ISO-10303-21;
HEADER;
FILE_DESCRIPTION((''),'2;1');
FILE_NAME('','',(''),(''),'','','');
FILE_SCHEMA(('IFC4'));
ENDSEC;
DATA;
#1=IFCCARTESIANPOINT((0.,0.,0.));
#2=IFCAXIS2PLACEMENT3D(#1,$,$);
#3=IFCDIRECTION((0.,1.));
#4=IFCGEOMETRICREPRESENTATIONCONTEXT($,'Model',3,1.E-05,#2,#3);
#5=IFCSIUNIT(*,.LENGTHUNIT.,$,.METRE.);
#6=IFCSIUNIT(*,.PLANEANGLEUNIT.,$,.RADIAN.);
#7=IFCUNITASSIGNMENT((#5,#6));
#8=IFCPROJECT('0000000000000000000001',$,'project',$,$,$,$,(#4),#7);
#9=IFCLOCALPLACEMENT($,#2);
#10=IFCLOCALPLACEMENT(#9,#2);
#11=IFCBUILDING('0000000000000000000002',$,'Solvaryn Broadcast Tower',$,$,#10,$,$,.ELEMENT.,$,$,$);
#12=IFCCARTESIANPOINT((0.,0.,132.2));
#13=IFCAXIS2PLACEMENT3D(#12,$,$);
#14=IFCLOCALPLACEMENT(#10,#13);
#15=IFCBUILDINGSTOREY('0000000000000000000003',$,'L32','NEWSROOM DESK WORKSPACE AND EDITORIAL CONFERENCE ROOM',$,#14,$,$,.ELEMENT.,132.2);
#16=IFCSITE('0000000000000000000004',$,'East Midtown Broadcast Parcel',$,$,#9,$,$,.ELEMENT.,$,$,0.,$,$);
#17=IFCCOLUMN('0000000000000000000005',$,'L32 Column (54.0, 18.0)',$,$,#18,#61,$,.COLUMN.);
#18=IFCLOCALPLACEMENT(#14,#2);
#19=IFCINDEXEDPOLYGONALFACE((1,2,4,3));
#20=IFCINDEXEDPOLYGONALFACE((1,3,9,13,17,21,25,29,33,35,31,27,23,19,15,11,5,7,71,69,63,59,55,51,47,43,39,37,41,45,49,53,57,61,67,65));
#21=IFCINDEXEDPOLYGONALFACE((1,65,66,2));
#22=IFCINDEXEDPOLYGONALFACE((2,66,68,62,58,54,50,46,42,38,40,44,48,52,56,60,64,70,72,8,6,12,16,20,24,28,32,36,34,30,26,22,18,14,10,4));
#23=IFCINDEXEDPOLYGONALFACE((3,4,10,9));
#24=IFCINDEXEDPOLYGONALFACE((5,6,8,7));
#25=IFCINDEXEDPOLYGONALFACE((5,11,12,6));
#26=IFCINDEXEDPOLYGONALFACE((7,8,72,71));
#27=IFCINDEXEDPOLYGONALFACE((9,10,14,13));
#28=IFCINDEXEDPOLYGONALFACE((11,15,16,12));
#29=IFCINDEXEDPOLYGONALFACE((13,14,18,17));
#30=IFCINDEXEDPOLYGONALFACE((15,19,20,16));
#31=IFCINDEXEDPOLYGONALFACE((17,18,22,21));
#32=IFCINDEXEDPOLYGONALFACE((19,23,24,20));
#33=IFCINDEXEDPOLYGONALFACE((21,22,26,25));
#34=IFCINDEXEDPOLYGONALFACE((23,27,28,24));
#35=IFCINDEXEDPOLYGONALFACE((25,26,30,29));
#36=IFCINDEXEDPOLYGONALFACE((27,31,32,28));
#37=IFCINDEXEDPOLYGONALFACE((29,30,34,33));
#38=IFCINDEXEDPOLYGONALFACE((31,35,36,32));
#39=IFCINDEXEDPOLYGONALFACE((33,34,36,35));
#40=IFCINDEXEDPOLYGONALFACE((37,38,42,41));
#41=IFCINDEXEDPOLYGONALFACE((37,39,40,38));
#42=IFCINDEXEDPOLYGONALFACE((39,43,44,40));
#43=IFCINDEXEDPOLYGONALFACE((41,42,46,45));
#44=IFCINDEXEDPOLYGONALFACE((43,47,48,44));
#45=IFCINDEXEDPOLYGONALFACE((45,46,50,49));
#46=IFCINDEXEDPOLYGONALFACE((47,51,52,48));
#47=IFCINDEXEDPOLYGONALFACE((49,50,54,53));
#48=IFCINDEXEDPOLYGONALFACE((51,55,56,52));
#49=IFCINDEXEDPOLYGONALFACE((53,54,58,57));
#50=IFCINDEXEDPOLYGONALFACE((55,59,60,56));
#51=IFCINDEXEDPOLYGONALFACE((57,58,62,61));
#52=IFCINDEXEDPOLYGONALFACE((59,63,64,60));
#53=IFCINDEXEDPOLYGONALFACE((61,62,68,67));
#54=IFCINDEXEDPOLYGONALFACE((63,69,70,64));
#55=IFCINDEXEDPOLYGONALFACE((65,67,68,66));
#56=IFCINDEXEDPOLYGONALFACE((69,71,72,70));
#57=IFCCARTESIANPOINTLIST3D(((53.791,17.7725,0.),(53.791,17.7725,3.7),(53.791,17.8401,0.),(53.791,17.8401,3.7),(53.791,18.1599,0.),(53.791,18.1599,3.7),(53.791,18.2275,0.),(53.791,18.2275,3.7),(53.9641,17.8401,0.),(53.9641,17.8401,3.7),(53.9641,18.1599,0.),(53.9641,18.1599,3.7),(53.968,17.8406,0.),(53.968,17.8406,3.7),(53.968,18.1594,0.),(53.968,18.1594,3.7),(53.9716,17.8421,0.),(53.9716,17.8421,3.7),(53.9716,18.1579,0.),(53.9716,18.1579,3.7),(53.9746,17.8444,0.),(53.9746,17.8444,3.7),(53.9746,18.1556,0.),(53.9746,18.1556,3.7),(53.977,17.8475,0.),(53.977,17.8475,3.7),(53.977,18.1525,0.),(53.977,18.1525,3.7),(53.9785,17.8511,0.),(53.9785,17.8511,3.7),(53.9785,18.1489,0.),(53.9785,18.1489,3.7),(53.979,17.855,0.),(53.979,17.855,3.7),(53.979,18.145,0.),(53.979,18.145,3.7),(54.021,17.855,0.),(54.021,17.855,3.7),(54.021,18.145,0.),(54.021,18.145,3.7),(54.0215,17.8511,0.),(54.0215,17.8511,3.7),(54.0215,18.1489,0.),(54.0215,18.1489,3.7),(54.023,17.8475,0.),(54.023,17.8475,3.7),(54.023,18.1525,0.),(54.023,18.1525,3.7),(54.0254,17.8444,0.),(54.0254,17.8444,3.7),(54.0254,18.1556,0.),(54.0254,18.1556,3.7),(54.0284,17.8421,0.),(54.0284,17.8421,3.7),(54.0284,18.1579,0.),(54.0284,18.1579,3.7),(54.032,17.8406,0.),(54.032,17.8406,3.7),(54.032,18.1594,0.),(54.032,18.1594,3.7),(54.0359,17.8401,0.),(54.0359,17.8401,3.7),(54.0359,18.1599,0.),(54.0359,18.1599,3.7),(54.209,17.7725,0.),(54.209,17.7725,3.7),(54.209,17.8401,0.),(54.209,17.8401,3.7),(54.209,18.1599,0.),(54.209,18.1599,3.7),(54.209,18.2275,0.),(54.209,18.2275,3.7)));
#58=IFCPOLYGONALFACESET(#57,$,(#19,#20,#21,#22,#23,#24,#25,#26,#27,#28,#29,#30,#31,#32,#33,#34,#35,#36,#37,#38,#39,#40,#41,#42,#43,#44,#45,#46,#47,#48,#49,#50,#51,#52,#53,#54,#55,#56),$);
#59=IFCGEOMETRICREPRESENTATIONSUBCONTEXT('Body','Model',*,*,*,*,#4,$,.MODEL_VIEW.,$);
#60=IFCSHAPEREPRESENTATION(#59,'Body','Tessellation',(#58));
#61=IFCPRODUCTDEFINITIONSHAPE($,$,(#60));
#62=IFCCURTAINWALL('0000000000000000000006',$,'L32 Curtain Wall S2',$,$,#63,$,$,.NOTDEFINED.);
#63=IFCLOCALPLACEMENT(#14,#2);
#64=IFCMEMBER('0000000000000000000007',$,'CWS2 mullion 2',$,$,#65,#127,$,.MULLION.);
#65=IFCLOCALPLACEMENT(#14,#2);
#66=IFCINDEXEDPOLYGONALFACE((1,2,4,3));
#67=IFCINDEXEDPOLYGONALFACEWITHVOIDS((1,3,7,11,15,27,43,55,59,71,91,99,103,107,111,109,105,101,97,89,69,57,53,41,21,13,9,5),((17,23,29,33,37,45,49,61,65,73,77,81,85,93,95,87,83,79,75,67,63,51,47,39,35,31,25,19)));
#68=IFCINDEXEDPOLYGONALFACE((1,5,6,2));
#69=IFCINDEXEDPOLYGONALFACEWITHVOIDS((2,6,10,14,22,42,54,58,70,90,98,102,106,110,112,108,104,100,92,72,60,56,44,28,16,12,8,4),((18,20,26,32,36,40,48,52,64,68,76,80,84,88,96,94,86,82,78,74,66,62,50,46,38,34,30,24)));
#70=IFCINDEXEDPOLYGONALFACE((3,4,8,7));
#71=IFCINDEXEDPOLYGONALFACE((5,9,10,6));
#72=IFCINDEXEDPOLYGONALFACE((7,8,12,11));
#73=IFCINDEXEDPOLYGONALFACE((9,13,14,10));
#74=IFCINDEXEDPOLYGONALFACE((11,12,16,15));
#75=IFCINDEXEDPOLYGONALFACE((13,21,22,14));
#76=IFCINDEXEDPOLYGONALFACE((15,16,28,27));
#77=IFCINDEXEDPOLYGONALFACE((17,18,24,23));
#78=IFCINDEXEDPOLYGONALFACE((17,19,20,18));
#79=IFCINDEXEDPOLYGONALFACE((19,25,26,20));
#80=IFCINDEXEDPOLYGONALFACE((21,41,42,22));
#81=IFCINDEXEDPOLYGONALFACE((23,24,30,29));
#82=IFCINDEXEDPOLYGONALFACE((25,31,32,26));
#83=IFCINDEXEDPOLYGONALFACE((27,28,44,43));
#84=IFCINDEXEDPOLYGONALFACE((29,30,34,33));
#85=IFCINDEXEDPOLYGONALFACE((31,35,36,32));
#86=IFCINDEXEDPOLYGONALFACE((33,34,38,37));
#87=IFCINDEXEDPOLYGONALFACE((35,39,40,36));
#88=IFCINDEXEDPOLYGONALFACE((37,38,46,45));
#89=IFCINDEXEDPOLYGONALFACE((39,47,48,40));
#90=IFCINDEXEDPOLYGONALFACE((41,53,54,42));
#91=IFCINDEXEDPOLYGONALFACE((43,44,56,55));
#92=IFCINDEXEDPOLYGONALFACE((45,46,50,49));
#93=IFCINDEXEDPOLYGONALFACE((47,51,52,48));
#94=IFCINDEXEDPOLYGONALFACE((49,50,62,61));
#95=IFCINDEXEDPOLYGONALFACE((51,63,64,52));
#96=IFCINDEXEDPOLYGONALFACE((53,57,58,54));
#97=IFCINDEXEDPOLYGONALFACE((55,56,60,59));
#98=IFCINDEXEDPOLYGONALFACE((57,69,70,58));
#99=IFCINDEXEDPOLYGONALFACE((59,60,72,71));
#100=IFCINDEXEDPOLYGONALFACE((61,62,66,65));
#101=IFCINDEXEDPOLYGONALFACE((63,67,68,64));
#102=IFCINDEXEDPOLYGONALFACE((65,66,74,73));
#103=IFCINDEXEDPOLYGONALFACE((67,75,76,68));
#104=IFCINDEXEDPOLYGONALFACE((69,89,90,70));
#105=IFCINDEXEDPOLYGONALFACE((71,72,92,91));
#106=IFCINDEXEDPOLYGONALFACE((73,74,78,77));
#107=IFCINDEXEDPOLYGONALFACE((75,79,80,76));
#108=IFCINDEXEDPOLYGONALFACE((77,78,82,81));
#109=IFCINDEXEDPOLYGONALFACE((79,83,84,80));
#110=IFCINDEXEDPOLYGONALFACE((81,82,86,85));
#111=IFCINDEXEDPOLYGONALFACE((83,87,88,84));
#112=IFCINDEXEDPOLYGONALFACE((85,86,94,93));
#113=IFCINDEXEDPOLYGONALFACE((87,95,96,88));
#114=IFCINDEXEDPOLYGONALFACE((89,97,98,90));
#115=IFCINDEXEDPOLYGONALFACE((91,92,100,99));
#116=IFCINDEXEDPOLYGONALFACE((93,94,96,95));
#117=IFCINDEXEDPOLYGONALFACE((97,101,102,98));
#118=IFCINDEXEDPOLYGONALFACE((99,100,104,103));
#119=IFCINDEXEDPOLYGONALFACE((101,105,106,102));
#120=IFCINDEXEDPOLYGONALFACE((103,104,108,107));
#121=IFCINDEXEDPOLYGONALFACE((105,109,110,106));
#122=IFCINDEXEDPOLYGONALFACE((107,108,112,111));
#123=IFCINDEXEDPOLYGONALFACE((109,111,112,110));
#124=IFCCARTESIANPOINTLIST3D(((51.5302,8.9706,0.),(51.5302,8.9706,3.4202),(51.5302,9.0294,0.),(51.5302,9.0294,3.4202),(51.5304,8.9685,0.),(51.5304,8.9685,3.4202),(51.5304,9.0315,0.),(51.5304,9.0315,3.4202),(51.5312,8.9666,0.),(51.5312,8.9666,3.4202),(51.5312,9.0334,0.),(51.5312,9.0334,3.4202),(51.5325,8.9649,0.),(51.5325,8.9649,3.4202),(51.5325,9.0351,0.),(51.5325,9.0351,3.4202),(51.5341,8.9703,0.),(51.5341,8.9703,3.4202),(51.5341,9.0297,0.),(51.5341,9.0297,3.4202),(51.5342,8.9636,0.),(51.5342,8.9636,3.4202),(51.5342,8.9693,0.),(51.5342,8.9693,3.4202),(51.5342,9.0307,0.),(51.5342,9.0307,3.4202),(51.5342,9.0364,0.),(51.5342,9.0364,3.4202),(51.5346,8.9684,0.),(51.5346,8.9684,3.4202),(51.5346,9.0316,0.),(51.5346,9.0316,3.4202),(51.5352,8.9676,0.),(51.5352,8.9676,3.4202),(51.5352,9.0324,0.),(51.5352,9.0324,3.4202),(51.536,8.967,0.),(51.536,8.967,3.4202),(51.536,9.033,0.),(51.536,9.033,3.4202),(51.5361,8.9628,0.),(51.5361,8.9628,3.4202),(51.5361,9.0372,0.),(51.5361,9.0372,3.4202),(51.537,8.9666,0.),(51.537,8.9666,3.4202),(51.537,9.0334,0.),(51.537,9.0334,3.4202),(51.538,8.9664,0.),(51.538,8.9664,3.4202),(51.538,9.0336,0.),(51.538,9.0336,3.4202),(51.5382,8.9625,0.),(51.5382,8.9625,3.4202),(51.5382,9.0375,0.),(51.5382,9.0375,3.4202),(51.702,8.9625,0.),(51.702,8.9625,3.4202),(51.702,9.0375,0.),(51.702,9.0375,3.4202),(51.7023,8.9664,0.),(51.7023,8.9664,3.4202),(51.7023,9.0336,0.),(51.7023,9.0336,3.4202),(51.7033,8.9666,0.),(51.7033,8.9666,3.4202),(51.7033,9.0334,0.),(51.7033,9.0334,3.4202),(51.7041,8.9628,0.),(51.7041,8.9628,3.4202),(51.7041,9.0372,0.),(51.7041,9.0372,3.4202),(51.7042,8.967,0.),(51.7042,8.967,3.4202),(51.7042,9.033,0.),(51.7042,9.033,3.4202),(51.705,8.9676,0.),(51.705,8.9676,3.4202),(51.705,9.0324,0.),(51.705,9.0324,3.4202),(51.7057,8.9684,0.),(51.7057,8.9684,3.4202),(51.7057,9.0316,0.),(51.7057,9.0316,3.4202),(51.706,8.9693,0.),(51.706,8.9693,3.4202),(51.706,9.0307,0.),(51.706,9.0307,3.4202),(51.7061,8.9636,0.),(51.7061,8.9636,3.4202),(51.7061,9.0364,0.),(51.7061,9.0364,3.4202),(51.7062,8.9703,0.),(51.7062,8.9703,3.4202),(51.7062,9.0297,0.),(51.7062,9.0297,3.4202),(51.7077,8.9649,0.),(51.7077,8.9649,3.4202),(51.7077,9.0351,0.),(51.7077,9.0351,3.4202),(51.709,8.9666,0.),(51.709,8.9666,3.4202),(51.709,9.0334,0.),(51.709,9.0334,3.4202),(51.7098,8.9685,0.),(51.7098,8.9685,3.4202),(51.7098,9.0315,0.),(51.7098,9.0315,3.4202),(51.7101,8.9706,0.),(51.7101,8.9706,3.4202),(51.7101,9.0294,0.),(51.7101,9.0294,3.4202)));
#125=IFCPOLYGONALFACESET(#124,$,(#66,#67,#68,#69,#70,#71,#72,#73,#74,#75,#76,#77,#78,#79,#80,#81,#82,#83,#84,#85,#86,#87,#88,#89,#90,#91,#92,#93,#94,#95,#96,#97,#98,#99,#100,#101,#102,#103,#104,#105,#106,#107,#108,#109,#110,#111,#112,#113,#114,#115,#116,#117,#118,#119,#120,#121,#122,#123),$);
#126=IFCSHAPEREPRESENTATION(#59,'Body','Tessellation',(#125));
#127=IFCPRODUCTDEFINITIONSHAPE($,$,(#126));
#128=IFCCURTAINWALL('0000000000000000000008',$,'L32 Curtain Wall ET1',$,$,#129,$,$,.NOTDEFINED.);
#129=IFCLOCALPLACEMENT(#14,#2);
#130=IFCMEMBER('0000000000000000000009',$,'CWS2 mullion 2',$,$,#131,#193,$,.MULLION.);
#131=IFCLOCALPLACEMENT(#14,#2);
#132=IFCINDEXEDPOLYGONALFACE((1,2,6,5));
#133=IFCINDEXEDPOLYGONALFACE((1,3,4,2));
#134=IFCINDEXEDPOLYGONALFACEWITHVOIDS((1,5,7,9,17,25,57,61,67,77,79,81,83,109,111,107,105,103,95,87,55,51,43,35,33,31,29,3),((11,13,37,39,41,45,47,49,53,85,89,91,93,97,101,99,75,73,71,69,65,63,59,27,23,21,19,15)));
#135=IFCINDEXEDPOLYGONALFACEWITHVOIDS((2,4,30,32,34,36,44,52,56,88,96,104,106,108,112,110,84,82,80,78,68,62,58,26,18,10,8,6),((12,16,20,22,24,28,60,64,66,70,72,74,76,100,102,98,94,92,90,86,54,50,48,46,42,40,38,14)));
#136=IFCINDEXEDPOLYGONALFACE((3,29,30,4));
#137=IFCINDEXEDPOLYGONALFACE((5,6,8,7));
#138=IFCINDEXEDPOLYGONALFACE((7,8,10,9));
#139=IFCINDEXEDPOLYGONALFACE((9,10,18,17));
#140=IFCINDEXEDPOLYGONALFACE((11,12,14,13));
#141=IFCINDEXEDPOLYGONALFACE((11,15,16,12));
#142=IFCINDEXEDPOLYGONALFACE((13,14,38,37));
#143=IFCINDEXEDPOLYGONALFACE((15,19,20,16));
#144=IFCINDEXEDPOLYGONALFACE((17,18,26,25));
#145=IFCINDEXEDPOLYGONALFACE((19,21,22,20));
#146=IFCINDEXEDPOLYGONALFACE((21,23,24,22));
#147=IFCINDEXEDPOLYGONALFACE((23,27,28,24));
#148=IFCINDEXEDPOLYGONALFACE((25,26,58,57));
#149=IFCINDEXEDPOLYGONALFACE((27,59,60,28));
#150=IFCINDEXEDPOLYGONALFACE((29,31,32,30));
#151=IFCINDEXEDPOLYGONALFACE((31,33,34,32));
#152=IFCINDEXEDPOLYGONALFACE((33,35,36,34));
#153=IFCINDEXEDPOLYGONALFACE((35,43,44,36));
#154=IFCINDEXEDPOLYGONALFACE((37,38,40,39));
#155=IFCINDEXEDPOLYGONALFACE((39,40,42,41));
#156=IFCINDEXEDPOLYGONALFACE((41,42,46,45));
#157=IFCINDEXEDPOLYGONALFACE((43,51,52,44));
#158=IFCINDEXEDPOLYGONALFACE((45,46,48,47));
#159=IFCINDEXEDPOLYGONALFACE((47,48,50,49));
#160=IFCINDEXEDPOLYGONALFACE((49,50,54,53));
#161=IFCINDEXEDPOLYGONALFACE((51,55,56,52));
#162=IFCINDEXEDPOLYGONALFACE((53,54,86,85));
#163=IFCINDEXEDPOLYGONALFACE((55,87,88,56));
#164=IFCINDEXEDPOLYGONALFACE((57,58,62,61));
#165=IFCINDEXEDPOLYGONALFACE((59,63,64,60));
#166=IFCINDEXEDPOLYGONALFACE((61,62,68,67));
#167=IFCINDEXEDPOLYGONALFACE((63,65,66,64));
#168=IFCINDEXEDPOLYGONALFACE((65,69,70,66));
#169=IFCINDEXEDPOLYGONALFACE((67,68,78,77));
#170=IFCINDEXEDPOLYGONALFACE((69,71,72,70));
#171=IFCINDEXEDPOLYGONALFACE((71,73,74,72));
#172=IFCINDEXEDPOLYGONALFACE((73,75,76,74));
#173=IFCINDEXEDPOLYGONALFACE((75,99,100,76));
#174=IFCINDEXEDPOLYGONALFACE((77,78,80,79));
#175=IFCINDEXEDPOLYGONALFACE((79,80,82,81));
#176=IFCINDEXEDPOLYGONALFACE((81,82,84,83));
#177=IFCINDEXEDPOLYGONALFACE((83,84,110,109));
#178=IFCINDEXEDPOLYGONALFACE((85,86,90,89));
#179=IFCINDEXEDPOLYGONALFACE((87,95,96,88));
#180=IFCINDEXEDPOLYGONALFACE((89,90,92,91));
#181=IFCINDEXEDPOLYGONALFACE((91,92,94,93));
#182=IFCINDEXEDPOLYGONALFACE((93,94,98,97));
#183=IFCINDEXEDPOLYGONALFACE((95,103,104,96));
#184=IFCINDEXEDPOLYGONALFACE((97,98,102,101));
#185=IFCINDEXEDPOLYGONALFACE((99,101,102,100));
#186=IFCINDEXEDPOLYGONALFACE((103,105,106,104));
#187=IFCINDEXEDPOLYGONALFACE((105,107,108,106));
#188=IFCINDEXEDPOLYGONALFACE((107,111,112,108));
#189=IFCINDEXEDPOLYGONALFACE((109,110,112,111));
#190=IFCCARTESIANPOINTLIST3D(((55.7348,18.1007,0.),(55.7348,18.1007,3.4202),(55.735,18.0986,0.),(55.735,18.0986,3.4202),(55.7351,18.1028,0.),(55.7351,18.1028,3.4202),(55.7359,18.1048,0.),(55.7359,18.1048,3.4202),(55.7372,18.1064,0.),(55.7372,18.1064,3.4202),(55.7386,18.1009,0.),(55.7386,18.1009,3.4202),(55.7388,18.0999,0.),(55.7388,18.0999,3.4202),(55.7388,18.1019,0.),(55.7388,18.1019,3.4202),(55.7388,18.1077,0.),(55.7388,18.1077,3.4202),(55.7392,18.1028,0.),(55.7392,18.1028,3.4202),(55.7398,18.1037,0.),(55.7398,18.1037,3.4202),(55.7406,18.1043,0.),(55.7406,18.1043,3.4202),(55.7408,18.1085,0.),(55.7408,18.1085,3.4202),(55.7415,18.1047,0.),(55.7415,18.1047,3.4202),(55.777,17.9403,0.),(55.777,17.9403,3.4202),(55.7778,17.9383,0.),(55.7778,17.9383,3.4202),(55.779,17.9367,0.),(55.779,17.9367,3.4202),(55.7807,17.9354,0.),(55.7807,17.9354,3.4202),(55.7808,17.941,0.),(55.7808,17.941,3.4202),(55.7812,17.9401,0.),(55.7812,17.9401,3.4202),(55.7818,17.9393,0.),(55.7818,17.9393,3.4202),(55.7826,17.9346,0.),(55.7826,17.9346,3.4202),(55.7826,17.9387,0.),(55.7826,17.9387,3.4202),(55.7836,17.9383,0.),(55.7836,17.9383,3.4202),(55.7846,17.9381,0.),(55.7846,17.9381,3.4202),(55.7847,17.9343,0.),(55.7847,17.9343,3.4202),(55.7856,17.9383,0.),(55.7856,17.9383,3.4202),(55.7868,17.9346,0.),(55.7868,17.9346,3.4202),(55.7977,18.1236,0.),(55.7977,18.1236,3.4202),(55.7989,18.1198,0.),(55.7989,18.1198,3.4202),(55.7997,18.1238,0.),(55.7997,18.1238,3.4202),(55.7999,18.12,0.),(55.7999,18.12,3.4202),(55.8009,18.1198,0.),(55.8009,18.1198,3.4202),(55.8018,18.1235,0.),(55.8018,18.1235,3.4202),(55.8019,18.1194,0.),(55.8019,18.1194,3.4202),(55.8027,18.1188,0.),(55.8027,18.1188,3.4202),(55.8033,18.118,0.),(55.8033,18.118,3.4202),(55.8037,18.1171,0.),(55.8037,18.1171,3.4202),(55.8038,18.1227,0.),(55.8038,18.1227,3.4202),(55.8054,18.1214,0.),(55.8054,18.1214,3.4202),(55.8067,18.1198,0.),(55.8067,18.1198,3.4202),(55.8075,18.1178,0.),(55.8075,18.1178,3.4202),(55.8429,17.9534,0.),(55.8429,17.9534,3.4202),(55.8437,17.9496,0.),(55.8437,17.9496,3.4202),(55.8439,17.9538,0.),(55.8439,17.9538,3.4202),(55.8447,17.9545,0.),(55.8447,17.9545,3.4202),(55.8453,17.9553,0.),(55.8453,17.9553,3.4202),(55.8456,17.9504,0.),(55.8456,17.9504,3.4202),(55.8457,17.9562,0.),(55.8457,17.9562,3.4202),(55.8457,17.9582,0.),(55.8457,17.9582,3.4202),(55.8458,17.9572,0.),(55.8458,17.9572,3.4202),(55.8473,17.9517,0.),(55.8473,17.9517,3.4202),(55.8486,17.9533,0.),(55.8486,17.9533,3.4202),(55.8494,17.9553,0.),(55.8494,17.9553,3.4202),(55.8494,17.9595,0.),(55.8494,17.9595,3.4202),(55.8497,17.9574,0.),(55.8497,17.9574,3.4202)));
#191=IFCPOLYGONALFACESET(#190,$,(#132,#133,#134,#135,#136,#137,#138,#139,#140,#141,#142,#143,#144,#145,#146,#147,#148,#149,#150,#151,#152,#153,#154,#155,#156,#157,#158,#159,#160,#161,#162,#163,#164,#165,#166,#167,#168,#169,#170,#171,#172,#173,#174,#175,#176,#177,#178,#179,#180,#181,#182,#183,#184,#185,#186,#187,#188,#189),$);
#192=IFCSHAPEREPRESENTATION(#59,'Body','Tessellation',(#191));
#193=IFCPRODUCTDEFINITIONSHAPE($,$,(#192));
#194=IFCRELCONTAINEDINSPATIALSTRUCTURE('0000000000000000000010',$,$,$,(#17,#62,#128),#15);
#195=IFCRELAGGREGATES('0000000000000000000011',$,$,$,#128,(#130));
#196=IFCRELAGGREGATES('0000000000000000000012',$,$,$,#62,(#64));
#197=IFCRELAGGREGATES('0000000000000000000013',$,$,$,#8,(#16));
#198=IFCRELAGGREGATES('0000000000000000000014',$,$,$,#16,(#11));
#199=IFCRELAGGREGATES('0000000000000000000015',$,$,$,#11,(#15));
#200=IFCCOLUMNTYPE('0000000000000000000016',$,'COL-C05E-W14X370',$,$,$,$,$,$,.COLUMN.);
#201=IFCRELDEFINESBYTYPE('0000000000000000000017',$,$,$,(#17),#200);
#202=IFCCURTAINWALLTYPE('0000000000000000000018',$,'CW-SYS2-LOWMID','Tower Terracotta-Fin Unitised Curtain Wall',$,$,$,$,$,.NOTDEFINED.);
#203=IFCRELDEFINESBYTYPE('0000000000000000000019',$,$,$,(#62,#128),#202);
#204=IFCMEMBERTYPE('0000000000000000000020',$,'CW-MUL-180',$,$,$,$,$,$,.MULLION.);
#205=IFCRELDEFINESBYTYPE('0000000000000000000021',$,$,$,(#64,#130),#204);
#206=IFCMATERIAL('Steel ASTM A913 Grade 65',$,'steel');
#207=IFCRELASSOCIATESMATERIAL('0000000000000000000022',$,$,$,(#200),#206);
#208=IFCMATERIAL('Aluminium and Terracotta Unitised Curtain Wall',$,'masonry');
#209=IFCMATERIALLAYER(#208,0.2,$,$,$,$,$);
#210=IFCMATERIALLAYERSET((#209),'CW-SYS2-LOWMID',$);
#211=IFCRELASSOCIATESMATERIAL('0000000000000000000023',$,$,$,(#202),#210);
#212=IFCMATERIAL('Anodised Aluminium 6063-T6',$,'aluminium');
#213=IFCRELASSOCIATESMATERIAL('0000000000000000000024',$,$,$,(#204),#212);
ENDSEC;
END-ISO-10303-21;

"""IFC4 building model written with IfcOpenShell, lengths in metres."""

from ifc_helpers import new_model, si_unit, direction, frame, origin, origin_2d, place, context, subcontext, project, spatial, hollow_rectangle, i_section, extrude, material, layer, layer_set, material_profile, profile_set, type_object, element, aggregate, save


model = new_model("IFC4")

# Units and contexts
model_context = context("Model", 3, precision=1e-05, world=origin(), true_north=direction((0.0, 1.0)))
body_context = subcontext(model_context, "Body", "Model", "MODEL_VIEW")
ifc_project = project(units=[si_unit("LENGTHUNIT", "METRE"), si_unit("PLANEANGLEUNIT", "RADIAN")], contexts=[model_context])

# Site, building, storey
site_placement = place(None, origin())
site = spatial("IfcSite", under=ifc_project, at=site_placement, Name="East Midtown Broadcast Parcel", CompositionType="ELEMENT", RefElevation=0.0)
building_placement = place(site_placement, origin())
building = spatial("IfcBuilding", under=site, at=building_placement, Name="Solvaryn Broadcast Tower", CompositionType="ELEMENT")
storey_placement = place(building_placement, frame((0.0, 0.0, 132.2)))
storey = spatial("IfcBuildingStorey", under=building, at=storey_placement, Name="L32", Description="NEWSROOM DESK WORKSPACE AND EDITORIAL CONFERENCE ROOM", CompositionType="ELEMENT", Elevation=132.2)

# Column
ifc_material_1 = material(Name="Steel ASTM A913 Grade 65", Category="steel")
ifc_material_profile_1 = material_profile(ifc_material_1, i_section(OverallWidth=0.418, OverallDepth=0.4551, WebThickness=0.042, FlangeThickness=0.0676, FilletRadius=0.0149, at=origin_2d()))
ifc_profile_set_1 = profile_set([ifc_material_profile_1], Name="Steel ASTM A913 Grade 65")
column_type = type_object("IfcColumnType", Name="COL-C05E-W14X370", PredefinedType="COLUMN", material=ifc_profile_set_1)
column_placement = place(storey_placement, frame((54.0, 18.0, 0.0), z_axis=(0.0, 0.0, 1.0), x_axis=(1.0, 0.0, 0.0)))
element("IfcColumn", 1, at=column_placement, inside=storey, type_object=column_type, Name="L32 Column (54.0, 18.0)", PredefinedType="COLUMN", context=body_context, shape_type="SweptSolid", body=[
    extrude(i_section(OverallWidth=0.418, OverallDepth=0.4551, WebThickness=0.042, FlangeThickness=0.0676, FilletRadius=0.0149, at=origin_2d()), origin(), (0.0, 0.0, 1.0), 3.7),
])

# Curtain walls, members
ifc_material_2 = material(Name="Aluminium and Terracotta Unitised Curtain Wall", Category="masonry")
ifc_layer_1 = layer(ifc_material_2, 0.2)
ifc_layer_set_1 = layer_set([ifc_layer_1], Name="CW-SYS2-LOWMID")
curtain_wall_type = type_object("IfcCurtainWallType", Name="CW-SYS2-LOWMID", Description="Tower Terracotta-Fin Unitised Curtain Wall", PredefinedType="NOTDEFINED", material=ifc_layer_set_1)
curtain_wall_1_placement = place(storey_placement, origin())
curtain_wall_1 = element("IfcCurtainWall", 2, at=curtain_wall_1_placement, inside=storey, type_object=curtain_wall_type, Name="L32 Curtain Wall S2", PredefinedType="NOTDEFINED")
ifc_material_3 = material(Name="Anodised Aluminium 6063-T6", Category="aluminium")
ifc_material_profile_2 = material_profile(ifc_material_3, hollow_rectangle(XDim=0.075, YDim=0.1799, WallThickness=0.0039, InnerFilletRadius=0.0039, OuterFilletRadius=0.0081, at=origin_2d()))
ifc_profile_set_2 = profile_set([ifc_material_profile_2], Name="Anodised Aluminium 6063-T6")
member_type_1 = type_object("IfcMemberType", Name="CW-MUL-180", PredefinedType="MULLION", material=ifc_profile_set_2)
member_1_placement = place(storey_placement, frame((51.6201, 9.0, 0.0), z_axis=(0.0, 0.0, 1.0), x_axis=(0.0, 1.0, 0.0)))
member_1 = element("IfcMember", 3, at=member_1_placement, type_object=member_type_1, Name="CWS2 mullion 2", PredefinedType="MULLION", context=body_context, shape_type="SweptSolid", body=[
    extrude(hollow_rectangle(XDim=0.075, YDim=0.1799, WallThickness=0.0039, InnerFilletRadius=0.0039, OuterFilletRadius=0.0081, at=origin_2d()), origin(), (0.0, 0.0, 1.0), 3.4202),
])
curtain_wall_2_placement = place(storey_placement, origin())
curtain_wall_2 = element("IfcCurtainWall", 4, at=curtain_wall_2_placement, inside=storey, type_object=curtain_wall_type, Name="L32 Curtain Wall ET1", PredefinedType="NOTDEFINED")
member_2_placement = place(storey_placement, frame((55.7922, 18.0291, 0.0), z_axis=(0.0, 0.0, 1.0), x_axis=(0.966705, 0.255893, 0.0)))
member_2 = element("IfcMember", 5, at=member_2_placement, type_object=member_type_1, Name="CWS2 mullion 2", PredefinedType="MULLION", context=body_context, shape_type="SweptSolid", body=[
    extrude(hollow_rectangle(XDim=0.075, YDim=0.1799, WallThickness=0.0039, InnerFilletRadius=0.0039, OuterFilletRadius=0.0081, at=origin_2d()), origin(), (0.0, 0.0, 1.0), 3.4202),
])
aggregate(curtain_wall_2, [member_2])

aggregate(curtain_wall_1, [member_1])

save(model, "model.ifc")
